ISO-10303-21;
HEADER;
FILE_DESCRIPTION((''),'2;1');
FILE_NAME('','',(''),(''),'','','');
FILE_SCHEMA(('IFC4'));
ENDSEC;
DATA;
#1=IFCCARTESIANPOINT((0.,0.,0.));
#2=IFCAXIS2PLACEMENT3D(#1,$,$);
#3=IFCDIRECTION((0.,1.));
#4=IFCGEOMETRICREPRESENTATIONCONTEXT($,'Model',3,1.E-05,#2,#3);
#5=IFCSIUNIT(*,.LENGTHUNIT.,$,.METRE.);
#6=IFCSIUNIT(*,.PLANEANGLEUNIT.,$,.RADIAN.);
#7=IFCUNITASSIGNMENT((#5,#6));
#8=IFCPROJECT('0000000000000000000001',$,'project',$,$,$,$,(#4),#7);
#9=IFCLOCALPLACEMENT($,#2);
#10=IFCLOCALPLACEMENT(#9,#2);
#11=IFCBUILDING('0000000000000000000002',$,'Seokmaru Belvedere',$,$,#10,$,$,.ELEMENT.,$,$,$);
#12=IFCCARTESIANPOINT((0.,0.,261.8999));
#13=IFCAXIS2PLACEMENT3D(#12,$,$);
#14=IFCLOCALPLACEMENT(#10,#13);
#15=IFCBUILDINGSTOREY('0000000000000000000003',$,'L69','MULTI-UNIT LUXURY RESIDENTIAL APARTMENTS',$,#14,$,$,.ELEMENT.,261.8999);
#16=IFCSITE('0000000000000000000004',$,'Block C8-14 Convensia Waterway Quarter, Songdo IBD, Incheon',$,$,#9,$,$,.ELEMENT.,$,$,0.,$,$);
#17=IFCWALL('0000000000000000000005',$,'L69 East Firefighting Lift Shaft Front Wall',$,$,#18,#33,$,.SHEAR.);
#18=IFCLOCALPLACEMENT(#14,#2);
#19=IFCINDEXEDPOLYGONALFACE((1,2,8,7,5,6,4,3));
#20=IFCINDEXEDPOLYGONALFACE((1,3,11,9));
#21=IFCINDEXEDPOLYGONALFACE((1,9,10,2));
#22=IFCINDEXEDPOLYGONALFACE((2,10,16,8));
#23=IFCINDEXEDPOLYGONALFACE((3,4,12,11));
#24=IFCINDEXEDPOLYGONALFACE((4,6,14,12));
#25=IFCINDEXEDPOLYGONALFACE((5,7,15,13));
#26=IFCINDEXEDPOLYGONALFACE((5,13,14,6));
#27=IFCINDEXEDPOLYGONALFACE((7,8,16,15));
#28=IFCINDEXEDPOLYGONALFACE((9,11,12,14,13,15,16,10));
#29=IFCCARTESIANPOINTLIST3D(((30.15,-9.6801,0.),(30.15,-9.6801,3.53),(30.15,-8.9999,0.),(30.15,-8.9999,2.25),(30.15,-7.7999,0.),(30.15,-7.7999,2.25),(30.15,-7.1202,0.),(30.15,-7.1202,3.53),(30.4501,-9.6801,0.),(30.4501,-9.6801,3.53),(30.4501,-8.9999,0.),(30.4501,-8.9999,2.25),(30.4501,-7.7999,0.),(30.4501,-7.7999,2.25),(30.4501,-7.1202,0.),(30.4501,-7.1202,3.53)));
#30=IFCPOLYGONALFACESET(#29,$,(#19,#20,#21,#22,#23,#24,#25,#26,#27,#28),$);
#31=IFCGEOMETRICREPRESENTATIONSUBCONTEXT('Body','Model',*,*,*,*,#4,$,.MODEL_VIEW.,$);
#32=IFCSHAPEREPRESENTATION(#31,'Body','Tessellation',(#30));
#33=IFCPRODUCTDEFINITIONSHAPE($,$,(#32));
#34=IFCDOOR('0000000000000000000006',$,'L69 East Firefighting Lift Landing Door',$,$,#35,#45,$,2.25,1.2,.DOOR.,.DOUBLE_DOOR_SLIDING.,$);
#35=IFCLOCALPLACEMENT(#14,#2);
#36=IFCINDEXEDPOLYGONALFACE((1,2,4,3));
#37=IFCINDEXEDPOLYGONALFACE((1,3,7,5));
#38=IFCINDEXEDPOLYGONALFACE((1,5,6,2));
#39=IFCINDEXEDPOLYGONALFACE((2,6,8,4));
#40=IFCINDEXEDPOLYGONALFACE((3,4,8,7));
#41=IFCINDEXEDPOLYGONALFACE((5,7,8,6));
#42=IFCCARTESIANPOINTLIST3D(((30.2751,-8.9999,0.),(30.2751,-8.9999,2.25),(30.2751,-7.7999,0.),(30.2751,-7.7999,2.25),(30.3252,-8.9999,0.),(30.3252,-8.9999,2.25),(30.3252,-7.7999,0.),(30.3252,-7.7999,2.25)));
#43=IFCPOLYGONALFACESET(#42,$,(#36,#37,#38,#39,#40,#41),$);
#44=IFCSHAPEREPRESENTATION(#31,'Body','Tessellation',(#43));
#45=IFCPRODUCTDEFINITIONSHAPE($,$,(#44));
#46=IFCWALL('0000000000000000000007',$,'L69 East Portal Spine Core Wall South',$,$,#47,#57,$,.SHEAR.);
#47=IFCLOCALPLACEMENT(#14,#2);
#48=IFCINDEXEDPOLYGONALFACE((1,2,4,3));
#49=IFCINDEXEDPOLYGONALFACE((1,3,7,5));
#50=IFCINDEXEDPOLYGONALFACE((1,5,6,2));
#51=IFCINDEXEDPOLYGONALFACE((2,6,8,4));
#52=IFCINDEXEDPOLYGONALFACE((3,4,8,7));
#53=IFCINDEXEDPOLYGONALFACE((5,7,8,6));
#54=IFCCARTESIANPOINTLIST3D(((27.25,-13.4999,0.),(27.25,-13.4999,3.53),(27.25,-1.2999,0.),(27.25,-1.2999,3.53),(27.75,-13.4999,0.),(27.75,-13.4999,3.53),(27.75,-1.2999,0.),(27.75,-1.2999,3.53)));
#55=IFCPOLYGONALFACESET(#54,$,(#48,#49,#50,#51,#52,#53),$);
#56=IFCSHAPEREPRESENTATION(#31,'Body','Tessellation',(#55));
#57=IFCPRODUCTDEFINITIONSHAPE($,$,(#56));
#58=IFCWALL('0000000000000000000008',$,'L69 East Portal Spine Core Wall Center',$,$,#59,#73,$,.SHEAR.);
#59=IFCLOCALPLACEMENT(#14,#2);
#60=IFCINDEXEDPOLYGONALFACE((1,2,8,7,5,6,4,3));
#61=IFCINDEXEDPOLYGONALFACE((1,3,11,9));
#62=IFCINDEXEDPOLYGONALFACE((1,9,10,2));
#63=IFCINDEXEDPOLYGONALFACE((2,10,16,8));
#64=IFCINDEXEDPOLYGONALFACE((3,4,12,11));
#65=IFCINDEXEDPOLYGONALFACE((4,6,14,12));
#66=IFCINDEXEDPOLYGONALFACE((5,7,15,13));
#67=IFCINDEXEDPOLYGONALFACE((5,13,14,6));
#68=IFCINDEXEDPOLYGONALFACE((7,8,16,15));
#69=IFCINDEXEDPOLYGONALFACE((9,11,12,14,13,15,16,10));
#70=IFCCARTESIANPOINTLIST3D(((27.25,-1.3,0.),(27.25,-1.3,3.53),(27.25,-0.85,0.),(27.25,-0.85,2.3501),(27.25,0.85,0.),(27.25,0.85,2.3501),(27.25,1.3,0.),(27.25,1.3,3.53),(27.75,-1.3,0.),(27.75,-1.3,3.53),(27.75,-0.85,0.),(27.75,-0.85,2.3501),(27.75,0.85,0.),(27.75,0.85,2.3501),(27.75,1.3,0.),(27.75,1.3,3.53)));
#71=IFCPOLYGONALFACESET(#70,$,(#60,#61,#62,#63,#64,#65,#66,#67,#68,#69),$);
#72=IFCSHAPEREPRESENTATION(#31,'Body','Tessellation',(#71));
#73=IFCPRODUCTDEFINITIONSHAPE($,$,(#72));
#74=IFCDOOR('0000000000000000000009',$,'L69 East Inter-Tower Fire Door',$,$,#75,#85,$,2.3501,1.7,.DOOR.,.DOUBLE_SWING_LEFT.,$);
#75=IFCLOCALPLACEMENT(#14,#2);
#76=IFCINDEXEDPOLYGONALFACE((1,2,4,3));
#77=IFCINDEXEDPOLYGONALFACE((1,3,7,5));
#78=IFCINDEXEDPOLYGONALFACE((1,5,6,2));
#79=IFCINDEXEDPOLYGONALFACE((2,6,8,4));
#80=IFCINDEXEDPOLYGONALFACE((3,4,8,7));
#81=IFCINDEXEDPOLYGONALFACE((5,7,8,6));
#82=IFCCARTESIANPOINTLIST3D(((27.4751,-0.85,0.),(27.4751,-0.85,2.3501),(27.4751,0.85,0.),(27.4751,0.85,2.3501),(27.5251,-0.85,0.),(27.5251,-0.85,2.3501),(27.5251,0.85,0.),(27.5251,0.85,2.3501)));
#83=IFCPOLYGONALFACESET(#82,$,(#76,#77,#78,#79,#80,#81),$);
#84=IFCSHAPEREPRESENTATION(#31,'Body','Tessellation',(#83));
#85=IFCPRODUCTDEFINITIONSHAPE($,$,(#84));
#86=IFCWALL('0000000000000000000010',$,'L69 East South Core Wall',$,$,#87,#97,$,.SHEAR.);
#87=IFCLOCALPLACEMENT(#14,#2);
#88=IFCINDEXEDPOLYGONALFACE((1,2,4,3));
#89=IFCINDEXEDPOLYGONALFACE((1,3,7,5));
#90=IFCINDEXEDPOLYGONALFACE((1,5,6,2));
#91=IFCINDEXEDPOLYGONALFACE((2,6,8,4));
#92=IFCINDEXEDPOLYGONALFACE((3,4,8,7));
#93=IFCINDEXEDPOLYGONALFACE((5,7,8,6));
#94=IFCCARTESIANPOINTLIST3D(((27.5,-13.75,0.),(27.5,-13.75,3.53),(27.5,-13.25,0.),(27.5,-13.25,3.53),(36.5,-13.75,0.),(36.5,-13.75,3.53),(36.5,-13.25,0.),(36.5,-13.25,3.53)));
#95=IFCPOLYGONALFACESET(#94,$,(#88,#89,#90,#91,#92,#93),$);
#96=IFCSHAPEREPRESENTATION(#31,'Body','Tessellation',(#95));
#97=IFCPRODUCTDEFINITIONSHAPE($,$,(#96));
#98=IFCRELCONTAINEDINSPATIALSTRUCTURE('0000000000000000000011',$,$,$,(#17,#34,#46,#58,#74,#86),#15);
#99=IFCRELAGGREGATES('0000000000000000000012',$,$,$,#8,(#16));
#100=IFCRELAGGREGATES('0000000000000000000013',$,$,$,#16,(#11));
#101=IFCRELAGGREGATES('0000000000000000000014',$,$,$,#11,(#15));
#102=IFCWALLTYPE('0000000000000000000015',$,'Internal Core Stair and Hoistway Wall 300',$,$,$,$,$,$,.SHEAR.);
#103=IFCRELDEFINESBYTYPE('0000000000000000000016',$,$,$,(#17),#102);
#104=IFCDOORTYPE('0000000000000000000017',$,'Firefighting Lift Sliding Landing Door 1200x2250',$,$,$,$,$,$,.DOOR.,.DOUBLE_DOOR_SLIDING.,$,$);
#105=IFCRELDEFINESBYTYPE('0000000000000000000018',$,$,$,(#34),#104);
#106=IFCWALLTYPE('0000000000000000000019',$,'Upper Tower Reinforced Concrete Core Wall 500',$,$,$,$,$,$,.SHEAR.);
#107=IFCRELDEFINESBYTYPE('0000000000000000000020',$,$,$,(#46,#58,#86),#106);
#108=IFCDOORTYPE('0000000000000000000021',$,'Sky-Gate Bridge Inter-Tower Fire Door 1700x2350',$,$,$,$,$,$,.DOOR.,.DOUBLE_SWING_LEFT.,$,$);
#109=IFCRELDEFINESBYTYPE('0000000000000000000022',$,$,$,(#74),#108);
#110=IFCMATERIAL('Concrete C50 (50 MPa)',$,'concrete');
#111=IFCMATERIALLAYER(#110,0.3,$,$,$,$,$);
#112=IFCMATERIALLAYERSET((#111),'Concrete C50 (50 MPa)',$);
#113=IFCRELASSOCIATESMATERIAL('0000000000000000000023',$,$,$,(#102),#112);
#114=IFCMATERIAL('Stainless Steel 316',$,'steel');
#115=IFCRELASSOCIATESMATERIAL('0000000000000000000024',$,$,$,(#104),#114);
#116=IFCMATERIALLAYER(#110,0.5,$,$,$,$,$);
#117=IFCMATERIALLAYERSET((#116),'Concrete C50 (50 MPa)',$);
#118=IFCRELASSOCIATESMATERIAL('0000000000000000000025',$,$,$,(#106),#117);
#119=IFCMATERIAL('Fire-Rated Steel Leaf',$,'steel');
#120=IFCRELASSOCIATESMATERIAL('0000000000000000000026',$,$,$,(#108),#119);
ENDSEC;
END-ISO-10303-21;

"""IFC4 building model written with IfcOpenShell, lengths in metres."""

from ifc_helpers import new_model, si_unit, direction, frame, frame_2d, origin, place, context, subcontext, project, spatial, rectangle, extrude, source, transform, mapped, material, layer, layer_set, type_object, type_shapes, element, fill, save


model = new_model("IFC4")

# Units and contexts
model_context = context("Model", 3, precision=1e-05, world=origin(), true_north=direction((0.0, 1.0)))
body_context = subcontext(model_context, "Body", "Model", "MODEL_VIEW")
ifc_project = project(units=[si_unit("LENGTHUNIT", "METRE"), si_unit("PLANEANGLEUNIT", "RADIAN")], contexts=[model_context])

# Site, building, storey
site_placement = place(None, origin())
site = spatial("IfcSite", under=ifc_project, at=site_placement, Name="Block C8-14 Convensia Waterway Quarter, Songdo IBD, Incheon", CompositionType="ELEMENT", RefElevation=0.0)
building_placement = place(site_placement, origin())
building = spatial("IfcBuilding", under=site, at=building_placement, Name="Seokmaru Belvedere", CompositionType="ELEMENT")
storey_placement = place(building_placement, frame((0.0, 0.0, 261.8999)))
storey = spatial("IfcBuildingStorey", under=building, at=storey_placement, Name="L69", Description="MULTI-UNIT LUXURY RESIDENTIAL APARTMENTS", CompositionType="ELEMENT", Elevation=261.8999)

# Shared definitions
ifc_material_1 = material(Name="Fire-Rated Steel Leaf", Category="steel")

# Shared definitions
ifc_material_2 = material(Name="Concrete C50 (50 MPa)", Category="concrete")

# Wall, opening, door
ifc_layer_1 = layer(ifc_material_2, 0.3)
ifc_layer_set_1 = layer_set([ifc_layer_1], Name="Concrete C50 (50 MPa)")
wall_type_1 = type_object("IfcWallType", Name="Internal Core Stair and Hoistway Wall 300", PredefinedType="SHEAR", material=ifc_layer_set_1)
wall_1_placement = place(storey_placement, frame((30.3, -9.6799, 0.0), z_axis=(0.0, 0.0, 1.0), x_axis=(0.0, 1.0, 0.0)))
wall_1 = element("IfcWall", 1, at=wall_1_placement, inside=storey, type_object=wall_type_1, Name="L69 East Firefighting Lift Shaft Front Wall", PredefinedType="SHEAR", context=body_context, shape_type="SweptSolid", body=[
    extrude(rectangle(XDim=2.5598, YDim=0.3, at=frame_2d((1.2798, 0.0))), origin(), (0.0, 0.0, 1.0), 3.53),
])
opening_1_placement = place(wall_1_placement, frame((0.6799, 0.0, 0.0)))
opening_1 = element("IfcOpeningElement", 2, at=opening_1_placement, cuts=wall_1, PredefinedType="OPENING", context=body_context, shape_type="SweptSolid", body=[
    extrude(rectangle(XDim=1.2, YDim=2.25, at=frame_2d((0.6001, 1.125))), frame((0.0, 0.1602, 0.0), z_axis=(0.0, -1.0, 0.0), x_axis=(1.0, 0.0, 0.0)), (0.0, 0.0, 1.0), 0.3201),
])
ifc_material_3 = material(Name="Stainless Steel 316", Category="steel")
door_type_1 = type_object("IfcDoorType", Name="Firefighting Lift Sliding Landing Door 1200x2250", OperationType="DOUBLE_DOOR_SLIDING", PredefinedType="DOOR", material=ifc_material_3)
shared_shape_1 = source(origin(), body_context, "Body", "SweptSolid", [
    extrude(rectangle(XDim=1.2, YDim=2.25, at=frame_2d((0.6001, 1.125))), frame((0.0, 0.0249, 0.0), z_axis=(0.0, -1.0, 0.0), x_axis=(1.0, 0.0, 0.0)), (0.0, 0.0, 1.0), 0.05),
])
type_shapes(door_type_1, [shared_shape_1])
door_1_placement = place(opening_1_placement, origin())
door_1 = element("IfcDoor", 3, at=door_1_placement, inside=storey, type_object=door_type_1, Name="L69 East Firefighting Lift Landing Door", OperationType="DOUBLE_DOOR_SLIDING", OverallHeight=2.25, OverallWidth=1.2, PredefinedType="DOOR", context=body_context, shape_type="MappedRepresentation", body=[
    mapped(shared_shape_1, transform((0.0, 0.0, 0.0), scale=1.0)),
])
fill(opening_1, door_1)

# Wall
ifc_layer_2 = layer(ifc_material_2, 0.5)
ifc_layer_set_2 = layer_set([ifc_layer_2], Name="Concrete C50 (50 MPa)")
wall_type_2 = type_object("IfcWallType", Name="Upper Tower Reinforced Concrete Core Wall 500", PredefinedType="SHEAR", material=ifc_layer_set_2)
wall_2_placement = place(storey_placement, frame((27.5, -13.5, 0.0), z_axis=(0.0, 0.0, 1.0), x_axis=(0.0, 1.0, 0.0)))
element("IfcWall", 4, at=wall_2_placement, inside=storey, type_object=wall_type_2, Name="L69 East Portal Spine Core Wall South", PredefinedType="SHEAR", context=body_context, shape_type="SweptSolid", body=[
    extrude(rectangle(XDim=12.2, YDim=0.5, at=frame_2d((6.1001, 0.0))), origin(), (0.0, 0.0, 1.0), 3.53),
])

# Wall, opening, door
wall_3_placement = place(storey_placement, frame((27.5, -1.3, 0.0), z_axis=(0.0, 0.0, 1.0), x_axis=(0.0, 1.0, 0.0)))
wall_3 = element("IfcWall", 5, at=wall_3_placement, inside=storey, type_object=wall_type_2, Name="L69 East Portal Spine Core Wall Center", PredefinedType="SHEAR", context=body_context, shape_type="SweptSolid", body=[
    extrude(rectangle(XDim=2.6001, YDim=0.5, at=frame_2d((1.3, 0.0))), origin(), (0.0, 0.0, 1.0), 3.53),
])
opening_2_placement = place(wall_3_placement, frame((0.45, 0.0, 0.0)))
opening_2 = element("IfcOpeningElement", 6, at=opening_2_placement, cuts=wall_3, PredefinedType="OPENING", context=body_context, shape_type="SweptSolid", body=[
    extrude(rectangle(XDim=1.7, YDim=2.3501, at=frame_2d((0.8501, 1.175))), frame((0.0, 0.26, 0.0), z_axis=(0.0, -1.0, 0.0), x_axis=(1.0, 0.0, 0.0)), (0.0, 0.0, 1.0), 0.52),
])
door_type_2 = type_object("IfcDoorType", Name="Sky-Gate Bridge Inter-Tower Fire Door 1700x2350", OperationType="DOUBLE_SWING_LEFT", PredefinedType="DOOR", material=ifc_material_1)
shared_shape_2 = source(origin(), body_context, "Body", "SweptSolid", [
    extrude(rectangle(XDim=1.7, YDim=2.3501, at=frame_2d((0.8501, 1.175))), frame((0.0, 0.0249, 0.0), z_axis=(0.0, -1.0, 0.0), x_axis=(1.0, 0.0, 0.0)), (0.0, 0.0, 1.0), 0.05),
])
type_shapes(door_type_2, [shared_shape_2])
door_2_placement = place(opening_2_placement, origin())
door_2 = element("IfcDoor", 7, at=door_2_placement, inside=storey, type_object=door_type_2, Name="L69 East Inter-Tower Fire Door", OperationType="DOUBLE_SWING_LEFT", OverallHeight=2.3501, OverallWidth=1.7, PredefinedType="DOOR", context=body_context, shape_type="MappedRepresentation", body=[
    mapped(shared_shape_2, transform((0.0, 0.0, 0.0), scale=1.0)),
])
fill(opening_2, door_2)

# Wall
wall_4_placement = place(storey_placement, frame((27.5, -13.5, 0.0), z_axis=(0.0, 0.0, 1.0), x_axis=(1.0, 0.0, 0.0)))
element("IfcWall", 8, at=wall_4_placement, inside=storey, type_object=wall_type_2, Name="L69 East South Core Wall", PredefinedType="SHEAR", context=body_context, shape_type="SweptSolid", body=[
    extrude(rectangle(XDim=9.0, YDim=0.5, at=frame_2d((4.5, 0.0))), origin(), (0.0, 0.0, 1.0), 3.53),
])

save(model, "model.ifc")
